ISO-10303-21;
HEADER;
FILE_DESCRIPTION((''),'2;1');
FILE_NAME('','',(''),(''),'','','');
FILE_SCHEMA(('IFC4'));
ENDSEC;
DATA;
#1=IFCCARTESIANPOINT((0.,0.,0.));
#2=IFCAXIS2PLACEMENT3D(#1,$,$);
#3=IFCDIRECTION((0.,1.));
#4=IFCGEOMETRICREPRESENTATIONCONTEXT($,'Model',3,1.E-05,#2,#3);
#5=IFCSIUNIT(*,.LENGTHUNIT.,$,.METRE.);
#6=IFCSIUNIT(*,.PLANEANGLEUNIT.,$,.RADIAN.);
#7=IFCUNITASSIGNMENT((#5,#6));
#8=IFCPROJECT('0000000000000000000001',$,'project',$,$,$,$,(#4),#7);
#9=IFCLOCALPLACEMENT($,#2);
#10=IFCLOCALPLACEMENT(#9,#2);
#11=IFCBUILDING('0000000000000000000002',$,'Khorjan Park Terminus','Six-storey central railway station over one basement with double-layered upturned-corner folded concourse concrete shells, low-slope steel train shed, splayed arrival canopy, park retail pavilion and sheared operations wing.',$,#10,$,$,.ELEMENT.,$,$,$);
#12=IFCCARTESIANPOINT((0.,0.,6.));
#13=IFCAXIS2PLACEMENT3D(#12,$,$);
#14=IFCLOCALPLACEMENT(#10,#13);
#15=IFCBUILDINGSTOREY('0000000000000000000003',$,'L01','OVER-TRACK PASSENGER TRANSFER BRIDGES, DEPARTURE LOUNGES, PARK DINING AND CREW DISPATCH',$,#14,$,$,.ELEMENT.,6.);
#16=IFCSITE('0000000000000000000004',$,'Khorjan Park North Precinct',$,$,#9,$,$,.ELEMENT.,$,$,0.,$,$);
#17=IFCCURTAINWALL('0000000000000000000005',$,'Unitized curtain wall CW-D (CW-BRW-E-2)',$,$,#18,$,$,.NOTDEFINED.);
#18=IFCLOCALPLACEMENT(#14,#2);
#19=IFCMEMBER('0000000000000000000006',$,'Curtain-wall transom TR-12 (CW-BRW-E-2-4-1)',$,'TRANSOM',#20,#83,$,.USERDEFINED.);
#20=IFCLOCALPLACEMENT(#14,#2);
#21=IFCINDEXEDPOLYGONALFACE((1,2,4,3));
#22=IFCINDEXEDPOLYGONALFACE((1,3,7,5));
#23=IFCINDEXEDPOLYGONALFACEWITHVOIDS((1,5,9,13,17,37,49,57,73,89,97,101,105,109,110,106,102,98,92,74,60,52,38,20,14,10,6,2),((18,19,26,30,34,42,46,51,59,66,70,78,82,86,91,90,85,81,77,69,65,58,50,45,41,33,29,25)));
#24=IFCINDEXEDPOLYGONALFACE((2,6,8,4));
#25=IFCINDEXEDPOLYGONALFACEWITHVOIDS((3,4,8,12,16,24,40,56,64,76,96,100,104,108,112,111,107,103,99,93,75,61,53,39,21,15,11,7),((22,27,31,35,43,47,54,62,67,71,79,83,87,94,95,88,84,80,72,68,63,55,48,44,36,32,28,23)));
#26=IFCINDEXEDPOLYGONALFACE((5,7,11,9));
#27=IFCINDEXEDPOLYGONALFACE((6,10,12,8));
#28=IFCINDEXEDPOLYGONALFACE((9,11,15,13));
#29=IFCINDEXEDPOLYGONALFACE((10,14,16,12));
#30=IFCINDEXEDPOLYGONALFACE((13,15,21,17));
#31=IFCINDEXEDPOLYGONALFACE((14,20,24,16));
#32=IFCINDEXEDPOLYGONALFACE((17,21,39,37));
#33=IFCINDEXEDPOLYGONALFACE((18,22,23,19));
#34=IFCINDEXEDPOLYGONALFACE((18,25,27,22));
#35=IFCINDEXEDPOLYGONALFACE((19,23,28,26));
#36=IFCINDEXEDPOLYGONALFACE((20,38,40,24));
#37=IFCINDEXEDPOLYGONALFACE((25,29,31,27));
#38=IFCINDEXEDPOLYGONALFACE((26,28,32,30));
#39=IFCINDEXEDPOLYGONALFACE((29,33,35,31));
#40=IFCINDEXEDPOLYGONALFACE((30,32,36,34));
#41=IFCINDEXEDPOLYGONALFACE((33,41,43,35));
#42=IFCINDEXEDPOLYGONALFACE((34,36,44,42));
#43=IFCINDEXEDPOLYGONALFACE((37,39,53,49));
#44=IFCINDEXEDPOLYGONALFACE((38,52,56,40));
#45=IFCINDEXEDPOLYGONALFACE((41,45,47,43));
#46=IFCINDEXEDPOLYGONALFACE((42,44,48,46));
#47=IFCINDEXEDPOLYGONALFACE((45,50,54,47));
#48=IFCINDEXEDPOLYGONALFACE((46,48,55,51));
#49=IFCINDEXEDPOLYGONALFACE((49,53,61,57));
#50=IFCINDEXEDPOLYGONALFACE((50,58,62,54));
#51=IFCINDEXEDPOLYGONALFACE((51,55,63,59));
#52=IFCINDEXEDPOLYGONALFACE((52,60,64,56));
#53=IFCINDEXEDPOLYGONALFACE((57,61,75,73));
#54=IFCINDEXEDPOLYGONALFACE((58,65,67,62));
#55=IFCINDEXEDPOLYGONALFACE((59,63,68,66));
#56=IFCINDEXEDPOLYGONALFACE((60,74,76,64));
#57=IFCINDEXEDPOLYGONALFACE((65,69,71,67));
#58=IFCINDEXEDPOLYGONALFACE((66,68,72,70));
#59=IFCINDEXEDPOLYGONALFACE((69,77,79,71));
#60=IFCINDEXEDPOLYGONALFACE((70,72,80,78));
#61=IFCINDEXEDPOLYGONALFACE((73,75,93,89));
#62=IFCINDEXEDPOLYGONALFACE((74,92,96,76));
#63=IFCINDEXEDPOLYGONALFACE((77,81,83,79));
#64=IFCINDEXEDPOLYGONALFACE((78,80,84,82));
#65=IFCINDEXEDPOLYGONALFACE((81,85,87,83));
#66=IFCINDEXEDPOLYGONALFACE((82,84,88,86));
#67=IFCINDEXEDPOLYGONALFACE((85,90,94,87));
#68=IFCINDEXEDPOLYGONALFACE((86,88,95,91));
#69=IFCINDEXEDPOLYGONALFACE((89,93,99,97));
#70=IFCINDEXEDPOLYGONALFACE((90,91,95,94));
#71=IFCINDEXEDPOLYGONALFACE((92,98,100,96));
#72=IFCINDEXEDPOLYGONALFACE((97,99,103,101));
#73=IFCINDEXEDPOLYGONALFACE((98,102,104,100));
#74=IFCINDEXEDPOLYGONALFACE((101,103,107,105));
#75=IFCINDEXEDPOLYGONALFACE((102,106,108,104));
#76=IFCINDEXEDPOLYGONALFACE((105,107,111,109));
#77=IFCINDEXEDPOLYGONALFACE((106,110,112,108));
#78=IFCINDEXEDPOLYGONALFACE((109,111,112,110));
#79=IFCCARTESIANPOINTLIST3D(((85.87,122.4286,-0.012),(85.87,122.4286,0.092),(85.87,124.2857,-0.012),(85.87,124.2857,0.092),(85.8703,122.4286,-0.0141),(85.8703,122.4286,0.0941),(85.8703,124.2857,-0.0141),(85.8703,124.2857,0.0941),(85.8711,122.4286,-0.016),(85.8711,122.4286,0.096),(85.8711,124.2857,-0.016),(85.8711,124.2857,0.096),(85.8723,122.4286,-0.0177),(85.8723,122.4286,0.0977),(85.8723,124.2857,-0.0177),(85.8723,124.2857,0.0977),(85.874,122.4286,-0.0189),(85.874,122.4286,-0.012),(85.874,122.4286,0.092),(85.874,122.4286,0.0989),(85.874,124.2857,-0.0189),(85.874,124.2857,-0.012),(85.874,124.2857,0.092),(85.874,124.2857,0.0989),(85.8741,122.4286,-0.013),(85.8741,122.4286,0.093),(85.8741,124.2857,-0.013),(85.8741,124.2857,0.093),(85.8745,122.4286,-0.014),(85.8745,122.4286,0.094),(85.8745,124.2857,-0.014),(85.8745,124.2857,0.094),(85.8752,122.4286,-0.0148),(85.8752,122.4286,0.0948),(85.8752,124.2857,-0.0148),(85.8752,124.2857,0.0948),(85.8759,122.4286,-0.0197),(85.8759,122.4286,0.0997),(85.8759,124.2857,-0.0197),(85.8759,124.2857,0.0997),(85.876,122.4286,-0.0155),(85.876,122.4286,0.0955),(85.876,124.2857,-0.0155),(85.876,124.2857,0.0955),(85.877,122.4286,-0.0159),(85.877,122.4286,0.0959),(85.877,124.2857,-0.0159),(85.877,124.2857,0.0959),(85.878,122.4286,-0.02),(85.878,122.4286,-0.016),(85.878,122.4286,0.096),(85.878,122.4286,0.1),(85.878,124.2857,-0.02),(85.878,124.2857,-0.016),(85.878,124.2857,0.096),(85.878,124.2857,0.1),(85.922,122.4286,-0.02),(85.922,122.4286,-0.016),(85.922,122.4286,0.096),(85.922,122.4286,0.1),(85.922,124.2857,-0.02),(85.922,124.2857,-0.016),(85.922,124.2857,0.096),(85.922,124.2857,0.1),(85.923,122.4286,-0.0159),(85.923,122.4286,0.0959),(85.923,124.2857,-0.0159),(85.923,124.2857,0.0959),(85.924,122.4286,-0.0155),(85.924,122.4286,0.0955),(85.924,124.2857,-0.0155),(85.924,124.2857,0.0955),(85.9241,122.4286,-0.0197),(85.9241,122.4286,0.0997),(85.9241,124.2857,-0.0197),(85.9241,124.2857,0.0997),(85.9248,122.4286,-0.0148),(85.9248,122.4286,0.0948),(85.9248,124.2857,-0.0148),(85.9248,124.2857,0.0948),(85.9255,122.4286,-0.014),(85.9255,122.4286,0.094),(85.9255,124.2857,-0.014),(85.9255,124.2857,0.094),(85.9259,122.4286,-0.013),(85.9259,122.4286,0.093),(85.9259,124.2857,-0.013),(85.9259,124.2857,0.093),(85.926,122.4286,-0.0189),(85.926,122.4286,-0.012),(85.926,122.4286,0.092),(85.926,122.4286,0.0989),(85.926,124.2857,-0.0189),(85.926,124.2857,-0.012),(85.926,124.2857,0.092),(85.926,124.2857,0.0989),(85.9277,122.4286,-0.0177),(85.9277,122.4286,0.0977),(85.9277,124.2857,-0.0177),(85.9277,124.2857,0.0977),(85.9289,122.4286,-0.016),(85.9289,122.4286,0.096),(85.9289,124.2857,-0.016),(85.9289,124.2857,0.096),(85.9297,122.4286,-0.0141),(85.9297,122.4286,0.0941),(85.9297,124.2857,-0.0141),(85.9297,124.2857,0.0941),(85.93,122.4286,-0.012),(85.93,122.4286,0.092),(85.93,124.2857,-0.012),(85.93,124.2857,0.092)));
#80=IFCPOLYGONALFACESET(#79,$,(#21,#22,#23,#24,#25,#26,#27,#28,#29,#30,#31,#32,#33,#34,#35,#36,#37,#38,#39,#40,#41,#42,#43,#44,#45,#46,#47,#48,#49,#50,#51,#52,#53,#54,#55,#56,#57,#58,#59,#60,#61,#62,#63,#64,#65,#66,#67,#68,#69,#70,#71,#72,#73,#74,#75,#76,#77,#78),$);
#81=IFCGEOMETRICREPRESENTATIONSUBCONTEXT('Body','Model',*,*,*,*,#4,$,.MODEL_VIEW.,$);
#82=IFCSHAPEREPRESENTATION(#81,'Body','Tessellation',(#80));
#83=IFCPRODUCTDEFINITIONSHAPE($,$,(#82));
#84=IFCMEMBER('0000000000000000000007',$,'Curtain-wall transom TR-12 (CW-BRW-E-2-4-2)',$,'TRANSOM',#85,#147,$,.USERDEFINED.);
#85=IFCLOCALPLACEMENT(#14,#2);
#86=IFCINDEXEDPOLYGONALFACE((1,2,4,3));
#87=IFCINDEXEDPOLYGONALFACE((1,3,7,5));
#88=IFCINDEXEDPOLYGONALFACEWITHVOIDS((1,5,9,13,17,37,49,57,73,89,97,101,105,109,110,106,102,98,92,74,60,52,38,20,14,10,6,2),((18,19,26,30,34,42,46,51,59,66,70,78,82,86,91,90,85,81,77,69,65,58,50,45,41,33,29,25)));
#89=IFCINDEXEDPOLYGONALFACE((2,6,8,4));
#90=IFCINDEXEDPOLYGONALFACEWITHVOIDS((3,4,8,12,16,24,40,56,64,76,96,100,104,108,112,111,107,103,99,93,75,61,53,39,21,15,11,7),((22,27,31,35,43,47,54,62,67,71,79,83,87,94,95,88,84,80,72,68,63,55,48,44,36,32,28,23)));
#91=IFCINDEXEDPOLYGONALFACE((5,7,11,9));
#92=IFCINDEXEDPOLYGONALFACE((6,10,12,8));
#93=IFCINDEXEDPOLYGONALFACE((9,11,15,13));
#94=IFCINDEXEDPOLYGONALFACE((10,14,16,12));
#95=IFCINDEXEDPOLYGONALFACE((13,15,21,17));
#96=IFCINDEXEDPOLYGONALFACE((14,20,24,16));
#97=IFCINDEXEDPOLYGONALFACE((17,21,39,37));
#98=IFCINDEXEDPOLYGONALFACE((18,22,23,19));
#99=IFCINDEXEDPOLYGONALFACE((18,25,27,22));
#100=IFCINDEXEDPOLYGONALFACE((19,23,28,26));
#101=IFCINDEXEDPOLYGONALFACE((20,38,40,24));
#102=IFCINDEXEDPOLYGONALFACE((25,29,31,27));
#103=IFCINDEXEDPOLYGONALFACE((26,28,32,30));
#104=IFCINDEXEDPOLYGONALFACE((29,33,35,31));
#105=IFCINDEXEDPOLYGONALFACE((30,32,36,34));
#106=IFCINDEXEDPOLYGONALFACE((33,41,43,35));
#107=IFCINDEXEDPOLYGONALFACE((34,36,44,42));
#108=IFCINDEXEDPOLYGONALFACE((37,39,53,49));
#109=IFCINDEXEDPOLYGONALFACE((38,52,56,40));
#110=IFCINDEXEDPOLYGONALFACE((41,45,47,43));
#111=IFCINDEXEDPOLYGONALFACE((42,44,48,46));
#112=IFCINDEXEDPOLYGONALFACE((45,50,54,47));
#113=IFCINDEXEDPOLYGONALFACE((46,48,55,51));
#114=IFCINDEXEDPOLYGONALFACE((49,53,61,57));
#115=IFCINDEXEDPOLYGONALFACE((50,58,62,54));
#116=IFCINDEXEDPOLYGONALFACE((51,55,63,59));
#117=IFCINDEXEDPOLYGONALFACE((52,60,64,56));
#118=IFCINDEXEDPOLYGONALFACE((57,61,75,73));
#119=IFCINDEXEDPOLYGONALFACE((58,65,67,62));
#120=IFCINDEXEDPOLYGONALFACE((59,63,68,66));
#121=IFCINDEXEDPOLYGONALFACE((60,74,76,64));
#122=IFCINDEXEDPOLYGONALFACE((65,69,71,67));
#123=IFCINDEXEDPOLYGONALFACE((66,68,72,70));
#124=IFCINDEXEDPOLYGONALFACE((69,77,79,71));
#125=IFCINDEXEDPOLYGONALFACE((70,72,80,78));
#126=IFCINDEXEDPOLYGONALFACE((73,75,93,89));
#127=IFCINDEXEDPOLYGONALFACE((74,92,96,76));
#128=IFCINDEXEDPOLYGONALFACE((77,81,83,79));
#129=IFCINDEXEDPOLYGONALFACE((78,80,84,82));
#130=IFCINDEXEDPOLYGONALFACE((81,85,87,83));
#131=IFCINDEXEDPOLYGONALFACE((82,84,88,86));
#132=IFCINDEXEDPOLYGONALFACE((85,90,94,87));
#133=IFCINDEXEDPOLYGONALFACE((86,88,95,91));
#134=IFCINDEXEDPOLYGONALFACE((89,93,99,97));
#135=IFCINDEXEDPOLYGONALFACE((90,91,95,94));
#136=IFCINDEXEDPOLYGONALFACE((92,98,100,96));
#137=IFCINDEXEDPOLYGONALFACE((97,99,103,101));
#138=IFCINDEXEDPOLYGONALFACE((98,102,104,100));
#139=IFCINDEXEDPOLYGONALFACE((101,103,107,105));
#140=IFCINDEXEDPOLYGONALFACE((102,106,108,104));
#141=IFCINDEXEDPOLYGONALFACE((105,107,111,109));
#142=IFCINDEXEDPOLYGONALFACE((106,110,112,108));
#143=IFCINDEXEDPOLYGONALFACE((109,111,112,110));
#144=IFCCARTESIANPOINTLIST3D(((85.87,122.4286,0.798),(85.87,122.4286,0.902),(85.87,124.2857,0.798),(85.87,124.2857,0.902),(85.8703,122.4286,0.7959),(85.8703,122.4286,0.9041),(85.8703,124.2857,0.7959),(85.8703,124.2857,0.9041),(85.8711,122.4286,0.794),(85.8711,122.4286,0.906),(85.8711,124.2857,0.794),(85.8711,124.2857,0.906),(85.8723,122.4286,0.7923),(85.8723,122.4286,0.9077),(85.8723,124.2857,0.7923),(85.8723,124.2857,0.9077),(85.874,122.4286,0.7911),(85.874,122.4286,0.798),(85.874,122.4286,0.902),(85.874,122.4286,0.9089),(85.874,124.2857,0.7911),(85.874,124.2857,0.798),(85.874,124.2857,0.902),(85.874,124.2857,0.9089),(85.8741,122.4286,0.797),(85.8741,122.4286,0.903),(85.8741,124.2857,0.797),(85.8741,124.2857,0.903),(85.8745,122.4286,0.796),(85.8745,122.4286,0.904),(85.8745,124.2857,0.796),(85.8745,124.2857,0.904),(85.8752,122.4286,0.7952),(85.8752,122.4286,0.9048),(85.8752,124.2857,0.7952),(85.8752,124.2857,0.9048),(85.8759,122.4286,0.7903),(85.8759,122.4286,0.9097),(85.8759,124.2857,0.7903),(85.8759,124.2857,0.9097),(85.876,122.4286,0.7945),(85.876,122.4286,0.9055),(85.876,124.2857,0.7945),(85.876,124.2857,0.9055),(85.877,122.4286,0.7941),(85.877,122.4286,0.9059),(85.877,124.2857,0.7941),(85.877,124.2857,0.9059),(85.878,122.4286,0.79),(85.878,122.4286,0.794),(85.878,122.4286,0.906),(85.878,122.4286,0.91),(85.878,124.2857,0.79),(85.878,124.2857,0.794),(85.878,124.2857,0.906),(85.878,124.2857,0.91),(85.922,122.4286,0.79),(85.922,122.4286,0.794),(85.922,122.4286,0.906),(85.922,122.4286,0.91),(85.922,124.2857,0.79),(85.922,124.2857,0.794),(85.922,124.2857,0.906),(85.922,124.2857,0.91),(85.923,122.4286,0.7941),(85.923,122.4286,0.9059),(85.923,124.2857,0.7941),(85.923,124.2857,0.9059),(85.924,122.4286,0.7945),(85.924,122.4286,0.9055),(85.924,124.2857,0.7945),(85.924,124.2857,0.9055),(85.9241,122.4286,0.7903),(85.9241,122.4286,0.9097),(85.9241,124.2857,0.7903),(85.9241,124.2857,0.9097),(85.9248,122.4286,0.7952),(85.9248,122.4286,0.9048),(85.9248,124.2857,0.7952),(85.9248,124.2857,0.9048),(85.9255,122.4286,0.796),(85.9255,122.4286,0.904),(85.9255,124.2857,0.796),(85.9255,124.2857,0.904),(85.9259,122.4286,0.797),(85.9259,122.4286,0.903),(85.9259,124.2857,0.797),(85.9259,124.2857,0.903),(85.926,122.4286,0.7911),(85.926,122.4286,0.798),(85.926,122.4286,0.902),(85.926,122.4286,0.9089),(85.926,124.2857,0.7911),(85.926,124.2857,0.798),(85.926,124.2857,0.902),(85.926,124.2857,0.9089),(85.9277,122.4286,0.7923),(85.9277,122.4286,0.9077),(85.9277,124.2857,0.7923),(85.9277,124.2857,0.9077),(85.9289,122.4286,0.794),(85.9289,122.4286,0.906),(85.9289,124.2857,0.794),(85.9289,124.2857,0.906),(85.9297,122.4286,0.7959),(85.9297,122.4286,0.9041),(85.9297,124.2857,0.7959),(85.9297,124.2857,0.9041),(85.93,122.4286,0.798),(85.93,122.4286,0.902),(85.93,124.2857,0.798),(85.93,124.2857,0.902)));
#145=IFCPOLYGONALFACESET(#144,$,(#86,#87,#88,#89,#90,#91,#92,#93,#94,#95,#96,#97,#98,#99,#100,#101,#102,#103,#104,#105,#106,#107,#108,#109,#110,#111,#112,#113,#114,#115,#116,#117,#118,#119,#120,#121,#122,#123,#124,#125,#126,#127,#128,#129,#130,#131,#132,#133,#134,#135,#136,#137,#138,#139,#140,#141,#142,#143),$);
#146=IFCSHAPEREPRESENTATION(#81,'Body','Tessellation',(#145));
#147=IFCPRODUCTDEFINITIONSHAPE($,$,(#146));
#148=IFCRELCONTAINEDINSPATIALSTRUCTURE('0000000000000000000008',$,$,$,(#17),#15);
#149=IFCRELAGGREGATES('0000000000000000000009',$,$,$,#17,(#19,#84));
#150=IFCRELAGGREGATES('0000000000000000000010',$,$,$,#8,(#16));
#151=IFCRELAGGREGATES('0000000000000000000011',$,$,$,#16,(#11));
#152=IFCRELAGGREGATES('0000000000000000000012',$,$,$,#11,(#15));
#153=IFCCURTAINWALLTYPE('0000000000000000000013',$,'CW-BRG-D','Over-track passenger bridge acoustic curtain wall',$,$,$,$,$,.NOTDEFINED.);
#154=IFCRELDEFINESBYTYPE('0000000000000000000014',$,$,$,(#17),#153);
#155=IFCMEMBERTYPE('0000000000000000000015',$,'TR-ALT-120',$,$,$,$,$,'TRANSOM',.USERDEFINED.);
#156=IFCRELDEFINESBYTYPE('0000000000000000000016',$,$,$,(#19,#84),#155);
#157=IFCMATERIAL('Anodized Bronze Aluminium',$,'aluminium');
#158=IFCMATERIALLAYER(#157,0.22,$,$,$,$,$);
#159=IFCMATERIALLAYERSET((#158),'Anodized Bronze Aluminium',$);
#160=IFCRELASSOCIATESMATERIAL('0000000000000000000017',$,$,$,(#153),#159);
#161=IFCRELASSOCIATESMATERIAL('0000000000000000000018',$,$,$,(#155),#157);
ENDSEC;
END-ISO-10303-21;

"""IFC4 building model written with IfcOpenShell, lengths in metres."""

from ifc_helpers import new_model, si_unit, direction, frame, origin, origin_2d, place, context, subcontext, project, spatial, hollow_rectangle, extrude, material, layer, layer_set, material_profile, profile_set, type_object, element, aggregate, save


model = new_model("IFC4")

# Units and contexts
model_context = context("Model", 3, precision=1e-05, world=origin(), true_north=direction((0.0, 1.0)))
body_context = subcontext(model_context, "Body", "Model", "MODEL_VIEW")
ifc_project = project(units=[si_unit("LENGTHUNIT", "METRE"), si_unit("PLANEANGLEUNIT", "RADIAN")], contexts=[model_context])

# Site, building, storey
site_placement = place(None, origin())
site = spatial("IfcSite", under=ifc_project, at=site_placement, Name="Khorjan Park North Precinct", CompositionType="ELEMENT", RefElevation=0.0)
building_placement = place(site_placement, origin())
building = spatial("IfcBuilding", under=site, at=building_placement, Name="Khorjan Park Terminus", Description="Six-storey central railway station over one basement with double-layered upturned-corner folded concourse concrete shells, low-slope steel train shed, splayed arrival canopy, park retail pavilion and sheared operations wing.", CompositionType="ELEMENT")
storey_placement = place(building_placement, frame((0.0, 0.0, 6.0)))
storey = spatial("IfcBuildingStorey", under=building, at=storey_placement, Name="L01", Description="OVER-TRACK PASSENGER TRANSFER BRIDGES, DEPARTURE LOUNGES, PARK DINING AND CREW DISPATCH", CompositionType="ELEMENT", Elevation=6.0)

# Curtain wall, members
ifc_material_1 = material(Name="Anodized Bronze Aluminium", Category="aluminium")
ifc_layer_1 = layer(ifc_material_1, 0.22)
ifc_layer_set_1 = layer_set([ifc_layer_1], Name="Anodized Bronze Aluminium")
curtain_wall_type = type_object("IfcCurtainWallType", Name="CW-BRG-D", Description="Over-track passenger bridge acoustic curtain wall", PredefinedType="NOTDEFINED", material=ifc_layer_set_1)
curtain_wall_placement = place(storey_placement, origin())
curtain_wall = element("IfcCurtainWall", 1, at=curtain_wall_placement, inside=storey, type_object=curtain_wall_type, Name="Unitized curtain wall CW-D (CW-BRW-E-2)", PredefinedType="NOTDEFINED")
ifc_material_profile_1 = material_profile(ifc_material_1, hollow_rectangle(XDim=0.06, YDim=0.12, WallThickness=0.004, InnerFilletRadius=0.004, OuterFilletRadius=0.008, at=origin_2d()), Name="ALT 60x120x4")
ifc_profile_set_1 = profile_set([ifc_material_profile_1], Name="Anodized Bronze Aluminium")
member_type_1 = type_object("IfcMemberType", Name="TR-ALT-120", ElementType="TRANSOM", PredefinedType="USERDEFINED", material=ifc_profile_set_1)
member_1_placement = place(storey_placement, frame((85.9, 122.4286, 0.04), z_axis=(0.0, 1.0, 0.0), x_axis=(-1.0, 0.0, 0.0)))
member_1 = element("IfcMember", 2, at=member_1_placement, type_object=member_type_1, Name="Curtain-wall transom TR-12 (CW-BRW-E-2-4-1)", ObjectType="TRANSOM", PredefinedType="USERDEFINED", context=body_context, shape_type="SweptSolid", body=[
    extrude(hollow_rectangle(XDim=0.06, YDim=0.12, WallThickness=0.004, InnerFilletRadius=0.004, OuterFilletRadius=0.008, at=origin_2d()), origin(), (0.0, 0.0, 1.0), 1.8571),
])
member_2_placement = place(storey_placement, frame((85.9, 122.4286, 0.85), z_axis=(0.0, 1.0, 0.0), x_axis=(-1.0, 0.0, 0.0)))
member_2 = element("IfcMember", 3, at=member_2_placement, type_object=member_type_1, Name="Curtain-wall transom TR-12 (CW-BRW-E-2-4-2)", ObjectType="TRANSOM", PredefinedType="USERDEFINED", context=body_context, shape_type="SweptSolid", body=[
    extrude(hollow_rectangle(XDim=0.06, YDim=0.12, WallThickness=0.004, InnerFilletRadius=0.004, OuterFilletRadius=0.008, at=origin_2d()), origin(), (0.0, 0.0, 1.0), 1.8571),
])
aggregate(curtain_wall, [member_1, member_2])

save(model, "model.ifc")
